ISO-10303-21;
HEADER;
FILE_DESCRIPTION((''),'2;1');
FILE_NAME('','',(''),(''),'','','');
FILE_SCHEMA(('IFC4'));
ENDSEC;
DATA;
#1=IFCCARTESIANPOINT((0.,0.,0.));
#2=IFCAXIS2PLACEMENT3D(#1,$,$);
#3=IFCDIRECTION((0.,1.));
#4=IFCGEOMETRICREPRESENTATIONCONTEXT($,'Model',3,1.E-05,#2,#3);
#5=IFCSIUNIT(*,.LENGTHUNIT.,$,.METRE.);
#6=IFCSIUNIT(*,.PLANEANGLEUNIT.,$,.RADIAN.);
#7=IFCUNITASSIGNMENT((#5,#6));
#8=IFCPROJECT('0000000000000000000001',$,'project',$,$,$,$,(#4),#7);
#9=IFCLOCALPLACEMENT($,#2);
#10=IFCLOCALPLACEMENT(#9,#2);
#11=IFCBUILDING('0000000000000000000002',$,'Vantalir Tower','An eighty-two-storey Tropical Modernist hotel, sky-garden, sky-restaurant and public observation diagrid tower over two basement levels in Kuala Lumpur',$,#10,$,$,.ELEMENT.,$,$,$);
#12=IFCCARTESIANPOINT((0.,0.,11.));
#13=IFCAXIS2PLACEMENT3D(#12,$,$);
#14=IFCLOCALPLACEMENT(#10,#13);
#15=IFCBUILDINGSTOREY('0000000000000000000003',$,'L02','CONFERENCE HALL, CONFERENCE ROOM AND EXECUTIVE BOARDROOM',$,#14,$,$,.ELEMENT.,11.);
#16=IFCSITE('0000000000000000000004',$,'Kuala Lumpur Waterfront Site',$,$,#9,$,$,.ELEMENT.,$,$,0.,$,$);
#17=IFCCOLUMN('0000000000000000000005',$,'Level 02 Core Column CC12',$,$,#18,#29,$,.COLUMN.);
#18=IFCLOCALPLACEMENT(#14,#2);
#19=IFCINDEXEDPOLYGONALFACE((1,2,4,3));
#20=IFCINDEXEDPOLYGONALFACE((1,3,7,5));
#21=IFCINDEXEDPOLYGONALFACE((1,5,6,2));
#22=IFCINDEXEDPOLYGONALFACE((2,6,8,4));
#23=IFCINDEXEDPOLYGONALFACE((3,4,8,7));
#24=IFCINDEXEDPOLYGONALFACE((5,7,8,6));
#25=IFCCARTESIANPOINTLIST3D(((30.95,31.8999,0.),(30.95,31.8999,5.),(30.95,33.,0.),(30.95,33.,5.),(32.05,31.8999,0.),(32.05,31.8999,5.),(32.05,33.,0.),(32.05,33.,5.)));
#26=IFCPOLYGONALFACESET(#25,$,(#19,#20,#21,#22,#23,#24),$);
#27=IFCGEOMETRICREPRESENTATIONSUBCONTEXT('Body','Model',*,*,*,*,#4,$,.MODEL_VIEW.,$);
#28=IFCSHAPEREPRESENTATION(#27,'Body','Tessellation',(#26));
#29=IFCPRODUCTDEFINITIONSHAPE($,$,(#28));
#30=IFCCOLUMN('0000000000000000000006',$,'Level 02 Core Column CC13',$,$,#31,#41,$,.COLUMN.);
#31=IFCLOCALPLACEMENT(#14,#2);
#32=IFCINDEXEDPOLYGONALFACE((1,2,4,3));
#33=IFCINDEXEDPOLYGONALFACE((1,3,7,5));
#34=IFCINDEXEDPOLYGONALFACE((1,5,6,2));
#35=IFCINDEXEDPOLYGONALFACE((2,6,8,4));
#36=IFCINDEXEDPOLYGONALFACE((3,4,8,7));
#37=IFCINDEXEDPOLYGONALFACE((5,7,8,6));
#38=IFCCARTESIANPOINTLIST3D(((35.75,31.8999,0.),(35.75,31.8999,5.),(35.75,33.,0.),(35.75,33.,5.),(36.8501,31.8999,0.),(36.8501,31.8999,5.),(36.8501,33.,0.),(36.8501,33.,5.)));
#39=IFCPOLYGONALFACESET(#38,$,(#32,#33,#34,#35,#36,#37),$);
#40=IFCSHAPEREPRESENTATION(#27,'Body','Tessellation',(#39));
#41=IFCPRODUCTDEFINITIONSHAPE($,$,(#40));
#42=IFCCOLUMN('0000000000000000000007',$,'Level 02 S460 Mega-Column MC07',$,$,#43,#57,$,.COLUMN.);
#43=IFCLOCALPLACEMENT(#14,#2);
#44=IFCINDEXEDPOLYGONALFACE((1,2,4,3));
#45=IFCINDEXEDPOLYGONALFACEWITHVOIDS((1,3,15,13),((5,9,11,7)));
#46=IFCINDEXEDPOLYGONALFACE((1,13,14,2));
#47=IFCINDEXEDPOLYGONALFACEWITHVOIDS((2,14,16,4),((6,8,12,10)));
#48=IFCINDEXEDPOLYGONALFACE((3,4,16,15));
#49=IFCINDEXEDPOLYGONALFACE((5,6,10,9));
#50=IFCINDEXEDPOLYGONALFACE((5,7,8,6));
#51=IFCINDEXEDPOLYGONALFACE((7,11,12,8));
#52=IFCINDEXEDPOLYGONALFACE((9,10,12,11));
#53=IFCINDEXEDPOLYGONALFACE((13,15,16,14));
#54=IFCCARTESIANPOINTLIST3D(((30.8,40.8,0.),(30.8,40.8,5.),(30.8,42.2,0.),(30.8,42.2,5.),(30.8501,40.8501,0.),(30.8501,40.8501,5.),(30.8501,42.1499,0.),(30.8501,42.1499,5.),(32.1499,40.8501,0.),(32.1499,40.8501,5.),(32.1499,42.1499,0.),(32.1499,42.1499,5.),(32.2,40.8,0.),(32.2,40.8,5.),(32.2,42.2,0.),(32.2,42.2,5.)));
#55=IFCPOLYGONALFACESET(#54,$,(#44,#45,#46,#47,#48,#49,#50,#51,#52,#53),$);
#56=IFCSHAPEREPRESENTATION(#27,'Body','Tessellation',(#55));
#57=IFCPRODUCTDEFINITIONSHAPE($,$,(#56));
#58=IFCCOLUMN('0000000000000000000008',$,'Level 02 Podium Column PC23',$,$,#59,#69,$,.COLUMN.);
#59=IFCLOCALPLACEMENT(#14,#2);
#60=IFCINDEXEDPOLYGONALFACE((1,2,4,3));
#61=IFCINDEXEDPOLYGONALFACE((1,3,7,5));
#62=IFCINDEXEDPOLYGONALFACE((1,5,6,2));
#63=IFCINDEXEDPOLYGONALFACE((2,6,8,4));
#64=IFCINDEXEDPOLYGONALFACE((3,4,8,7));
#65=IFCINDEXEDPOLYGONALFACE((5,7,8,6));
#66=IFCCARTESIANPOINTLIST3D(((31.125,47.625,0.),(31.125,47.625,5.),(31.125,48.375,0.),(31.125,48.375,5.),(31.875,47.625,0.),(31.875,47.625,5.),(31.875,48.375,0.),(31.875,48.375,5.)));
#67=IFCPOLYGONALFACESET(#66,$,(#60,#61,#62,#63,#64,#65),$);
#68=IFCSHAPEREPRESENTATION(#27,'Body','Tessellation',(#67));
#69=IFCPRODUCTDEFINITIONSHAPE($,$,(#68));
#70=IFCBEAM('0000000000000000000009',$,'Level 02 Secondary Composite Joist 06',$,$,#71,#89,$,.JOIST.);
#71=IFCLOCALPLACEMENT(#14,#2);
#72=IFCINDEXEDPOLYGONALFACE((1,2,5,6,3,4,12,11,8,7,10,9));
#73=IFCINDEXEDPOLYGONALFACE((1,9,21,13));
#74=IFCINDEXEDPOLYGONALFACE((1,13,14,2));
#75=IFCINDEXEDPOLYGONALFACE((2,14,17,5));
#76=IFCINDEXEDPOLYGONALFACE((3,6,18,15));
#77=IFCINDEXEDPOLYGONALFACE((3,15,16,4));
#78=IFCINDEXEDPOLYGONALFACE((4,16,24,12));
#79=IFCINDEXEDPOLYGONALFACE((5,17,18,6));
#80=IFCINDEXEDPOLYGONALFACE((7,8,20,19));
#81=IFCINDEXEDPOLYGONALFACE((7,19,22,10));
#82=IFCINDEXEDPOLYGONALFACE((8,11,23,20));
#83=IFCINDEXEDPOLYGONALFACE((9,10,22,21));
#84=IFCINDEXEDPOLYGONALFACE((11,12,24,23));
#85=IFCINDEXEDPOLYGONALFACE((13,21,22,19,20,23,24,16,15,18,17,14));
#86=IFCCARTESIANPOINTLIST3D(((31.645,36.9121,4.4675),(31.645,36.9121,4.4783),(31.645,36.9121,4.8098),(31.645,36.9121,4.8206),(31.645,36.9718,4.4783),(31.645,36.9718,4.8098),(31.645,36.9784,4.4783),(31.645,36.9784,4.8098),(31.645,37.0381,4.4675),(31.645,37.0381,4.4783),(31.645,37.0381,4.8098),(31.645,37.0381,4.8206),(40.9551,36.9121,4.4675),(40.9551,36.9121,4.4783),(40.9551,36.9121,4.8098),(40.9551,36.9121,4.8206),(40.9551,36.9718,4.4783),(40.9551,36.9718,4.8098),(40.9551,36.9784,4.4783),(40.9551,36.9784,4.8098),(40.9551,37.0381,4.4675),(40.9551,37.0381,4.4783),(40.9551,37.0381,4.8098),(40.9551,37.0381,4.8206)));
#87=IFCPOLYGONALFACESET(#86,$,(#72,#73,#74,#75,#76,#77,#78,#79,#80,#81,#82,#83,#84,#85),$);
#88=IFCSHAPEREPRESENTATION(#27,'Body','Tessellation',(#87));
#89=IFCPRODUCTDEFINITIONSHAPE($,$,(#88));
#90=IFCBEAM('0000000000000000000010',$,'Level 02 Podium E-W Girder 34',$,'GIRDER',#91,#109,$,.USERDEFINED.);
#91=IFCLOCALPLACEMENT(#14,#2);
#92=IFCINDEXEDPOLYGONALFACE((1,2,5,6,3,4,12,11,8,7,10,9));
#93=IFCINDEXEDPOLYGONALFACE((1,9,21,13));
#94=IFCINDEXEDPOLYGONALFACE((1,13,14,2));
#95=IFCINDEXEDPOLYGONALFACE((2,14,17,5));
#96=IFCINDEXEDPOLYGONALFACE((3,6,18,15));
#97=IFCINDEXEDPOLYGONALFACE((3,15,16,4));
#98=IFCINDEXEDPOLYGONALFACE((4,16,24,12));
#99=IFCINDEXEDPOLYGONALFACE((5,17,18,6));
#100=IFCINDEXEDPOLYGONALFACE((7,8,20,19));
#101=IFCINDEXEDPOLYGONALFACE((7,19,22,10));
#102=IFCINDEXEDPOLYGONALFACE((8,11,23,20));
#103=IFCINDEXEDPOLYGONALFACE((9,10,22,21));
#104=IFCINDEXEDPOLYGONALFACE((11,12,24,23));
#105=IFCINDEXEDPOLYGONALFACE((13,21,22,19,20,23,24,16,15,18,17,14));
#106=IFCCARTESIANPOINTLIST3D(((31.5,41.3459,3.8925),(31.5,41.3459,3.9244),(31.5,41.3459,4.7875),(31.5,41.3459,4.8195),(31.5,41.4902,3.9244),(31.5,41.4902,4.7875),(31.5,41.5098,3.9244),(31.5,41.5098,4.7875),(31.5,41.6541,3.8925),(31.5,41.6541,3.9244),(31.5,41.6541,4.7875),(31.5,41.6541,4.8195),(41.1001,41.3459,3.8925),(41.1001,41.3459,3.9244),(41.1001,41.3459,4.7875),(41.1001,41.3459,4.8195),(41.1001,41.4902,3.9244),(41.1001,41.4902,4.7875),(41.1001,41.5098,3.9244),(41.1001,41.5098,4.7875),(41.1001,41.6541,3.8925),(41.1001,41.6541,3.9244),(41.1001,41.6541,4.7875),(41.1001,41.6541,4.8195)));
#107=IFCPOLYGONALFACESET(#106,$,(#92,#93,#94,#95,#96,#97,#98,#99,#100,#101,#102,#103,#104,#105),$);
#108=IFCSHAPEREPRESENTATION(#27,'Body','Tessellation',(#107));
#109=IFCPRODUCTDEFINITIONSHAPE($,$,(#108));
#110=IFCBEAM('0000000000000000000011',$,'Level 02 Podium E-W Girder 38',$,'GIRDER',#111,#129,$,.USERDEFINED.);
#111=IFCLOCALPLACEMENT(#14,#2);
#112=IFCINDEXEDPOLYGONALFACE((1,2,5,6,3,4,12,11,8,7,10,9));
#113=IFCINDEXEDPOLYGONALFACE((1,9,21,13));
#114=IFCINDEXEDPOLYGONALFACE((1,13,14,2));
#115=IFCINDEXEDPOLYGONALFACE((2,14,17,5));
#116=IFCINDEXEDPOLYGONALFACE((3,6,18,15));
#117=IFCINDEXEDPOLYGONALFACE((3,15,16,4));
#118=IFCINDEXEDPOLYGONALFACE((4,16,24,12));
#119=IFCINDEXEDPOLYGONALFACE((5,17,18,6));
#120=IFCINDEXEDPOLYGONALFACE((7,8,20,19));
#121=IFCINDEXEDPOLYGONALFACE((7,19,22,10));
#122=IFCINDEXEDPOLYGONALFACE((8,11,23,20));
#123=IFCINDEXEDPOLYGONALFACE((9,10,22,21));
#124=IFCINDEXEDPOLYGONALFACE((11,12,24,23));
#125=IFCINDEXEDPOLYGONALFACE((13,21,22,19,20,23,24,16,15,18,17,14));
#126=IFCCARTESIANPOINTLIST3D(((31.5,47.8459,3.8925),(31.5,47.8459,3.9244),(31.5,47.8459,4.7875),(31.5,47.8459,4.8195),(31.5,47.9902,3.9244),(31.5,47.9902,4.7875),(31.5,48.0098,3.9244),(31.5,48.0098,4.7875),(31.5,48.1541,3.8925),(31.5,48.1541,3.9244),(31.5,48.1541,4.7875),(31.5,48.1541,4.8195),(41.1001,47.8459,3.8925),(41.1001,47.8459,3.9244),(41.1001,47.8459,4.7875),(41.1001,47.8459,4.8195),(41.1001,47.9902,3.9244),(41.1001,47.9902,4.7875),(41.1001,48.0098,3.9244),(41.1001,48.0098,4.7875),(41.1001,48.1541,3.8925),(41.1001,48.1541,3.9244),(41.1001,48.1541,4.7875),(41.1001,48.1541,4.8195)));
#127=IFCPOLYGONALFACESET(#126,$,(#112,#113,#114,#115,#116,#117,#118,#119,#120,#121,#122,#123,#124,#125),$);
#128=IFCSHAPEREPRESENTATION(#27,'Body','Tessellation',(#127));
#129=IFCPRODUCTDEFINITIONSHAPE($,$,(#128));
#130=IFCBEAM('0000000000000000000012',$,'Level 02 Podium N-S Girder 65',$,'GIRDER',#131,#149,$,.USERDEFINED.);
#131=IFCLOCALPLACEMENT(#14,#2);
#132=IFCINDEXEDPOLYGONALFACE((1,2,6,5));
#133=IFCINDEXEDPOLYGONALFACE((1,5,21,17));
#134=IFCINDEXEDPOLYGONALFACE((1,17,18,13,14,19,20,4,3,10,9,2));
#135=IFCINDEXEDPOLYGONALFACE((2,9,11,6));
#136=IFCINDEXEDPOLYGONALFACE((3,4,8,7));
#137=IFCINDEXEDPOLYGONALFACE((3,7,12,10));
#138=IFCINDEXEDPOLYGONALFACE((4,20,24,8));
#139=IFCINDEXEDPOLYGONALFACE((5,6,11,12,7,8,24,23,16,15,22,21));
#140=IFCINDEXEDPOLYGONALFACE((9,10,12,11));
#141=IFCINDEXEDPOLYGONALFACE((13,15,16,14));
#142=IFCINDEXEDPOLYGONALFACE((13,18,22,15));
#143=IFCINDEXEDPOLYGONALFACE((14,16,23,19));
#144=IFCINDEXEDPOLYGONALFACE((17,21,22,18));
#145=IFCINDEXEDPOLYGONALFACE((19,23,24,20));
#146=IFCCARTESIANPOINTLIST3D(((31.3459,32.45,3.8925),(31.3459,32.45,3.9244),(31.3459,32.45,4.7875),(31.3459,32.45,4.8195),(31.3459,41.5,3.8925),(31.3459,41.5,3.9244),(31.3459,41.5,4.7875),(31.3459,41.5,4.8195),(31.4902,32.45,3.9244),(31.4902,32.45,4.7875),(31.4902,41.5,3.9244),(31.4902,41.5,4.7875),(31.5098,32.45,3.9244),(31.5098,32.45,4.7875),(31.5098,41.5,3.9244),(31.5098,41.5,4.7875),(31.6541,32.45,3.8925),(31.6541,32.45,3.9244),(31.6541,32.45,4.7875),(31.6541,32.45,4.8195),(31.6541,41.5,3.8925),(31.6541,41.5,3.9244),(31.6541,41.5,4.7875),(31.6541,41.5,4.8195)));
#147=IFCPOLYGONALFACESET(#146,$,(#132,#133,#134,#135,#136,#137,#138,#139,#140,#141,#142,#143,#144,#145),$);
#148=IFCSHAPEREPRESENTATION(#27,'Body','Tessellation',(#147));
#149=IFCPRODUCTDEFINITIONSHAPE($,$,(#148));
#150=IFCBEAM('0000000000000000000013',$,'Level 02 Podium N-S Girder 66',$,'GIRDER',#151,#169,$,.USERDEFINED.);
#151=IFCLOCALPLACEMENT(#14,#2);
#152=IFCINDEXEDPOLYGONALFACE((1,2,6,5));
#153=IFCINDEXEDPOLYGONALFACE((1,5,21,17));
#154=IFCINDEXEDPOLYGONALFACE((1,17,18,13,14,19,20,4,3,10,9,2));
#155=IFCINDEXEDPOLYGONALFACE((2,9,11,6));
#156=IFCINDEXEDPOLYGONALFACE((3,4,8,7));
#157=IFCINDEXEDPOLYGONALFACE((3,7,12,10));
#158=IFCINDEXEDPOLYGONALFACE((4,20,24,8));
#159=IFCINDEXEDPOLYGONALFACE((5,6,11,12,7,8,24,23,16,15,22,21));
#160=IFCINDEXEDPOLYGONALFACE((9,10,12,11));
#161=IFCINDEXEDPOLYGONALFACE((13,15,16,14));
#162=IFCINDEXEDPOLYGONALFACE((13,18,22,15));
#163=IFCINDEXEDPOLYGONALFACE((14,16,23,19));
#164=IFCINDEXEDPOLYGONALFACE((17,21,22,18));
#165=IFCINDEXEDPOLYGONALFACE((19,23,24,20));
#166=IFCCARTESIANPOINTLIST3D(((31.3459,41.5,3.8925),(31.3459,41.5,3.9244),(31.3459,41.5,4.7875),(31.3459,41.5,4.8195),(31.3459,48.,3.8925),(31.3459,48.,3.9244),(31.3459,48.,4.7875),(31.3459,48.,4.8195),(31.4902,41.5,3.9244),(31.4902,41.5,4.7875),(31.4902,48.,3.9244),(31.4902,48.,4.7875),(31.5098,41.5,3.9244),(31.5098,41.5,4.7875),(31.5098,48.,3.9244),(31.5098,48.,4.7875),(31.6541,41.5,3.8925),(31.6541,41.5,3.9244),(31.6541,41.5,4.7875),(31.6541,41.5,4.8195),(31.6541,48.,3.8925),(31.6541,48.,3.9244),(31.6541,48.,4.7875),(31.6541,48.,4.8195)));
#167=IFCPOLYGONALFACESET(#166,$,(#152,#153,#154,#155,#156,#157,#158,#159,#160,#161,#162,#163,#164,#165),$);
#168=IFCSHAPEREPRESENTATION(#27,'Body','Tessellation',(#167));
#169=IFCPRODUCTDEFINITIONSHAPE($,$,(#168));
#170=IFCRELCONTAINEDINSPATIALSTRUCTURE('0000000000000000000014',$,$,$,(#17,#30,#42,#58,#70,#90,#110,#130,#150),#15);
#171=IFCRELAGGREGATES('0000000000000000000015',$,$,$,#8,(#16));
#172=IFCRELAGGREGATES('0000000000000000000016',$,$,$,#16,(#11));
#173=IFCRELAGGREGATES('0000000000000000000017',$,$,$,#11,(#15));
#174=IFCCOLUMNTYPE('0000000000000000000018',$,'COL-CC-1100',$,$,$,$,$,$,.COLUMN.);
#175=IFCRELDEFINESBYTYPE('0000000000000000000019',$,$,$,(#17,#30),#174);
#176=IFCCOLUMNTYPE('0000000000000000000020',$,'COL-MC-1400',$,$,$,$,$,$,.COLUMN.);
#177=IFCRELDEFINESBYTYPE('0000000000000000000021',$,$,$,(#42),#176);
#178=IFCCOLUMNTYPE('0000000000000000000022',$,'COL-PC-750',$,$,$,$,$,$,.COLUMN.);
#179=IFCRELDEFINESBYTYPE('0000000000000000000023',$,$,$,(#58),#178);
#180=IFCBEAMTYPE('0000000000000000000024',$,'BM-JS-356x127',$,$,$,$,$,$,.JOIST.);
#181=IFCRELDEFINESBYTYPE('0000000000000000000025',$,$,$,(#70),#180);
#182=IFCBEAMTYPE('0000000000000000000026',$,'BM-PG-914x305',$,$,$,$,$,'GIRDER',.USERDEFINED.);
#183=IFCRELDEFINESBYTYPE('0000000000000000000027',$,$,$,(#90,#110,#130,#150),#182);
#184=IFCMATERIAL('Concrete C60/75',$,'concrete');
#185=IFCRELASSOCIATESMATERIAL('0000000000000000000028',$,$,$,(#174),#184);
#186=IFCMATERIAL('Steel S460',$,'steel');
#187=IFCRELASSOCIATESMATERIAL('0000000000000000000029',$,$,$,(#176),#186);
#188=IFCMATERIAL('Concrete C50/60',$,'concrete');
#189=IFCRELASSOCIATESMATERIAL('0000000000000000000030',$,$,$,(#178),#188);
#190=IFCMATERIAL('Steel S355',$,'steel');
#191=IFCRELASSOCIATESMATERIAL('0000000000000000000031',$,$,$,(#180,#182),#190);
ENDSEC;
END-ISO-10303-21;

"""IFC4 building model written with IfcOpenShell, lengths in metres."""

from ifc_helpers import new_model, si_unit, direction, frame, origin, origin_2d, place, context, subcontext, project, spatial, rectangle, hollow_rectangle, i_section, extrude, material, material_profile, profile_set, type_object, element, save


model = new_model("IFC4")

# Units and contexts
model_context = context("Model", 3, precision=1e-05, world=origin(), true_north=direction((0.0, 1.0)))
body_context = subcontext(model_context, "Body", "Model", "MODEL_VIEW")
ifc_project = project(units=[si_unit("LENGTHUNIT", "METRE"), si_unit("PLANEANGLEUNIT", "RADIAN")], contexts=[model_context])

# Site, building, storey
site_placement = place(None, origin())
site = spatial("IfcSite", under=ifc_project, at=site_placement, Name="Kuala Lumpur Waterfront Site", CompositionType="ELEMENT", RefElevation=0.0)
building_placement = place(site_placement, origin())
building = spatial("IfcBuilding", under=site, at=building_placement, Name="Vantalir Tower", Description="An eighty-two-storey Tropical Modernist hotel, sky-garden, sky-restaurant and public observation diagrid tower over two basement levels in Kuala Lumpur", CompositionType="ELEMENT")
storey_placement = place(building_placement, frame((0.0, 0.0, 11.0)))
storey = spatial("IfcBuildingStorey", under=building, at=storey_placement, Name="L02", Description="CONFERENCE HALL, CONFERENCE ROOM AND EXECUTIVE BOARDROOM", CompositionType="ELEMENT", Elevation=11.0)

# Columns
ifc_material_1 = material(Name="Concrete C60/75", Category="concrete")
ifc_material_profile_1 = material_profile(ifc_material_1, rectangle(XDim=1.1001, YDim=1.1001, at=origin_2d()), Name="Concrete C60/75")
ifc_profile_set_1 = profile_set([ifc_material_profile_1], Name="Concrete C60/75")
column_type_1 = type_object("IfcColumnType", Name="COL-CC-1100", PredefinedType="COLUMN", material=ifc_profile_set_1)
for number, where, z_axis, x_axis, name in (
    (1, (31.5, 32.45, 0.0), (0.0, 0.0, 1.0), (1.0, 0.0, 0.0), "Level 02 Core Column CC12"),
    (2, (36.3, 32.45, 0.0), (0.0, 0.0, 1.0), (1.0, 0.0, 0.0), "Level 02 Core Column CC13"),
):
    element("IfcColumn", number, at=place(storey_placement, frame(where, z_axis=z_axis, x_axis=x_axis)), inside=storey, type_object=column_type_1, Name=name, PredefinedType="COLUMN", context=body_context, shape_type="SweptSolid", body=[
        extrude(rectangle(XDim=1.1001, YDim=1.1001, at=origin_2d()), origin(), (0.0, 0.0, 1.0), 5.0),
    ])
ifc_material_2 = material(Name="Steel S460", Category="steel")
ifc_material_profile_2 = material_profile(ifc_material_2, hollow_rectangle(XDim=1.3999, YDim=1.3999, WallThickness=0.05, at=origin_2d()), Name="Steel S460")
ifc_profile_set_2 = profile_set([ifc_material_profile_2], Name="Steel S460")
column_type_2 = type_object("IfcColumnType", Name="COL-MC-1400", PredefinedType="COLUMN", material=ifc_profile_set_2)
column_1_placement = place(storey_placement, frame((31.5, 41.5, 0.0), z_axis=(0.0, 0.0, 1.0), x_axis=(1.0, 0.0, 0.0)))
element("IfcColumn", 3, at=column_1_placement, inside=storey, type_object=column_type_2, Name="Level 02 S460 Mega-Column MC07", PredefinedType="COLUMN", context=body_context, shape_type="SweptSolid", body=[
    extrude(hollow_rectangle(XDim=1.3999, YDim=1.3999, WallThickness=0.05, at=origin_2d()), origin(), (0.0, 0.0, 1.0), 5.0),
])
ifc_material_3 = material(Name="Concrete C50/60", Category="concrete")
ifc_material_profile_3 = material_profile(ifc_material_3, rectangle(XDim=0.75, YDim=0.75, at=origin_2d()), Name="Concrete C50/60")
ifc_profile_set_3 = profile_set([ifc_material_profile_3], Name="Concrete C50/60")
column_type_3 = type_object("IfcColumnType", Name="COL-PC-750", PredefinedType="COLUMN", material=ifc_profile_set_3)
column_2_placement = place(storey_placement, frame((31.5, 48.0, 0.0), z_axis=(0.0, 0.0, 1.0), x_axis=(1.0, 0.0, 0.0)))
element("IfcColumn", 4, at=column_2_placement, inside=storey, type_object=column_type_3, Name="Level 02 Podium Column PC23", PredefinedType="COLUMN", context=body_context, shape_type="SweptSolid", body=[
    extrude(rectangle(XDim=0.75, YDim=0.75, at=origin_2d()), origin(), (0.0, 0.0, 1.0), 5.0),
])

# Beams
ifc_material_4 = material(Name="Steel S355", Category="steel")
ifc_material_profile_4 = material_profile(ifc_material_4, i_section(OverallWidth=0.126, OverallDepth=0.353, WebThickness=0.0066, FlangeThickness=0.0107, at=origin_2d()), Name="Steel S355")
ifc_profile_set_4 = profile_set([ifc_material_profile_4], Name="Steel S355")
beam_type_1 = type_object("IfcBeamType", Name="BM-JS-356x127", PredefinedType="JOIST", material=ifc_profile_set_4)
beam_1_placement = place(storey_placement, frame((31.645, 36.9751, 4.644), z_axis=(1.0, 0.0, 0.0), x_axis=(0.0, 1.0, 0.0)))
element("IfcBeam", 5, at=beam_1_placement, inside=storey, type_object=beam_type_1, Name="Level 02 Secondary Composite Joist 06", PredefinedType="JOIST", context=body_context, shape_type="SweptSolid", body=[
    extrude(i_section(OverallWidth=0.126, OverallDepth=0.353, WebThickness=0.0066, FlangeThickness=0.0107, at=origin_2d()), origin(), (0.0, 0.0, 1.0), 9.3101),
])
ifc_material_profile_5 = material_profile(ifc_material_4, i_section(OverallWidth=0.3081, OverallDepth=0.927, WebThickness=0.0195, FlangeThickness=0.032, at=origin_2d()), Name="Steel S355")
ifc_profile_set_5 = profile_set([ifc_material_profile_5], Name="Steel S355")
beam_type_2 = type_object("IfcBeamType", Name="BM-PG-914x305", ElementType="GIRDER", PredefinedType="USERDEFINED", material=ifc_profile_set_5)
for number, where, z_axis, x_axis, name in (
    (6, (31.5, 41.5, 4.356), (1.0, 0.0, 0.0), (0.0, 1.0, 0.0), "Level 02 Podium E-W Girder 34"),
    (7, (31.5, 48.0, 4.356), (1.0, 0.0, 0.0), (0.0, 1.0, 0.0), "Level 02 Podium E-W Girder 38"),
):
    element("IfcBeam", number, at=place(storey_placement, frame(where, z_axis=z_axis, x_axis=x_axis)), inside=storey, type_object=beam_type_2, Name=name, ObjectType="GIRDER", PredefinedType="USERDEFINED", context=body_context, shape_type="SweptSolid", body=[
        extrude(i_section(OverallWidth=0.3081, OverallDepth=0.927, WebThickness=0.0195, FlangeThickness=0.032, at=origin_2d()), origin(), (0.0, 0.0, 1.0), 9.6001),
    ])
beam_2_placement = place(storey_placement, frame((31.5, 32.45, 4.356), z_axis=(0.0, 1.0, 0.0), x_axis=(-1.0, 0.0, 0.0)))
element("IfcBeam", 8, at=beam_2_placement, inside=storey, type_object=beam_type_2, Name="Level 02 Podium N-S Girder 65", ObjectType="GIRDER", PredefinedType="USERDEFINED", context=body_context, shape_type="SweptSolid", body=[
    extrude(i_section(OverallWidth=0.3081, OverallDepth=0.927, WebThickness=0.0195, FlangeThickness=0.032, at=origin_2d()), origin(), (0.0, 0.0, 1.0), 9.05),
])
beam_3_placement = place(storey_placement, frame((31.5, 41.5, 4.356), z_axis=(0.0, 1.0, 0.0), x_axis=(-1.0, 0.0, 0.0)))
element("IfcBeam", 9, at=beam_3_placement, inside=storey, type_object=beam_type_2, Name="Level 02 Podium N-S Girder 66", ObjectType="GIRDER", PredefinedType="USERDEFINED", context=body_context, shape_type="SweptSolid", body=[
    extrude(i_section(OverallWidth=0.3081, OverallDepth=0.927, WebThickness=0.0195, FlangeThickness=0.032, at=origin_2d()), origin(), (0.0, 0.0, 1.0), 6.5),
])

save(model, "model.ifc")
